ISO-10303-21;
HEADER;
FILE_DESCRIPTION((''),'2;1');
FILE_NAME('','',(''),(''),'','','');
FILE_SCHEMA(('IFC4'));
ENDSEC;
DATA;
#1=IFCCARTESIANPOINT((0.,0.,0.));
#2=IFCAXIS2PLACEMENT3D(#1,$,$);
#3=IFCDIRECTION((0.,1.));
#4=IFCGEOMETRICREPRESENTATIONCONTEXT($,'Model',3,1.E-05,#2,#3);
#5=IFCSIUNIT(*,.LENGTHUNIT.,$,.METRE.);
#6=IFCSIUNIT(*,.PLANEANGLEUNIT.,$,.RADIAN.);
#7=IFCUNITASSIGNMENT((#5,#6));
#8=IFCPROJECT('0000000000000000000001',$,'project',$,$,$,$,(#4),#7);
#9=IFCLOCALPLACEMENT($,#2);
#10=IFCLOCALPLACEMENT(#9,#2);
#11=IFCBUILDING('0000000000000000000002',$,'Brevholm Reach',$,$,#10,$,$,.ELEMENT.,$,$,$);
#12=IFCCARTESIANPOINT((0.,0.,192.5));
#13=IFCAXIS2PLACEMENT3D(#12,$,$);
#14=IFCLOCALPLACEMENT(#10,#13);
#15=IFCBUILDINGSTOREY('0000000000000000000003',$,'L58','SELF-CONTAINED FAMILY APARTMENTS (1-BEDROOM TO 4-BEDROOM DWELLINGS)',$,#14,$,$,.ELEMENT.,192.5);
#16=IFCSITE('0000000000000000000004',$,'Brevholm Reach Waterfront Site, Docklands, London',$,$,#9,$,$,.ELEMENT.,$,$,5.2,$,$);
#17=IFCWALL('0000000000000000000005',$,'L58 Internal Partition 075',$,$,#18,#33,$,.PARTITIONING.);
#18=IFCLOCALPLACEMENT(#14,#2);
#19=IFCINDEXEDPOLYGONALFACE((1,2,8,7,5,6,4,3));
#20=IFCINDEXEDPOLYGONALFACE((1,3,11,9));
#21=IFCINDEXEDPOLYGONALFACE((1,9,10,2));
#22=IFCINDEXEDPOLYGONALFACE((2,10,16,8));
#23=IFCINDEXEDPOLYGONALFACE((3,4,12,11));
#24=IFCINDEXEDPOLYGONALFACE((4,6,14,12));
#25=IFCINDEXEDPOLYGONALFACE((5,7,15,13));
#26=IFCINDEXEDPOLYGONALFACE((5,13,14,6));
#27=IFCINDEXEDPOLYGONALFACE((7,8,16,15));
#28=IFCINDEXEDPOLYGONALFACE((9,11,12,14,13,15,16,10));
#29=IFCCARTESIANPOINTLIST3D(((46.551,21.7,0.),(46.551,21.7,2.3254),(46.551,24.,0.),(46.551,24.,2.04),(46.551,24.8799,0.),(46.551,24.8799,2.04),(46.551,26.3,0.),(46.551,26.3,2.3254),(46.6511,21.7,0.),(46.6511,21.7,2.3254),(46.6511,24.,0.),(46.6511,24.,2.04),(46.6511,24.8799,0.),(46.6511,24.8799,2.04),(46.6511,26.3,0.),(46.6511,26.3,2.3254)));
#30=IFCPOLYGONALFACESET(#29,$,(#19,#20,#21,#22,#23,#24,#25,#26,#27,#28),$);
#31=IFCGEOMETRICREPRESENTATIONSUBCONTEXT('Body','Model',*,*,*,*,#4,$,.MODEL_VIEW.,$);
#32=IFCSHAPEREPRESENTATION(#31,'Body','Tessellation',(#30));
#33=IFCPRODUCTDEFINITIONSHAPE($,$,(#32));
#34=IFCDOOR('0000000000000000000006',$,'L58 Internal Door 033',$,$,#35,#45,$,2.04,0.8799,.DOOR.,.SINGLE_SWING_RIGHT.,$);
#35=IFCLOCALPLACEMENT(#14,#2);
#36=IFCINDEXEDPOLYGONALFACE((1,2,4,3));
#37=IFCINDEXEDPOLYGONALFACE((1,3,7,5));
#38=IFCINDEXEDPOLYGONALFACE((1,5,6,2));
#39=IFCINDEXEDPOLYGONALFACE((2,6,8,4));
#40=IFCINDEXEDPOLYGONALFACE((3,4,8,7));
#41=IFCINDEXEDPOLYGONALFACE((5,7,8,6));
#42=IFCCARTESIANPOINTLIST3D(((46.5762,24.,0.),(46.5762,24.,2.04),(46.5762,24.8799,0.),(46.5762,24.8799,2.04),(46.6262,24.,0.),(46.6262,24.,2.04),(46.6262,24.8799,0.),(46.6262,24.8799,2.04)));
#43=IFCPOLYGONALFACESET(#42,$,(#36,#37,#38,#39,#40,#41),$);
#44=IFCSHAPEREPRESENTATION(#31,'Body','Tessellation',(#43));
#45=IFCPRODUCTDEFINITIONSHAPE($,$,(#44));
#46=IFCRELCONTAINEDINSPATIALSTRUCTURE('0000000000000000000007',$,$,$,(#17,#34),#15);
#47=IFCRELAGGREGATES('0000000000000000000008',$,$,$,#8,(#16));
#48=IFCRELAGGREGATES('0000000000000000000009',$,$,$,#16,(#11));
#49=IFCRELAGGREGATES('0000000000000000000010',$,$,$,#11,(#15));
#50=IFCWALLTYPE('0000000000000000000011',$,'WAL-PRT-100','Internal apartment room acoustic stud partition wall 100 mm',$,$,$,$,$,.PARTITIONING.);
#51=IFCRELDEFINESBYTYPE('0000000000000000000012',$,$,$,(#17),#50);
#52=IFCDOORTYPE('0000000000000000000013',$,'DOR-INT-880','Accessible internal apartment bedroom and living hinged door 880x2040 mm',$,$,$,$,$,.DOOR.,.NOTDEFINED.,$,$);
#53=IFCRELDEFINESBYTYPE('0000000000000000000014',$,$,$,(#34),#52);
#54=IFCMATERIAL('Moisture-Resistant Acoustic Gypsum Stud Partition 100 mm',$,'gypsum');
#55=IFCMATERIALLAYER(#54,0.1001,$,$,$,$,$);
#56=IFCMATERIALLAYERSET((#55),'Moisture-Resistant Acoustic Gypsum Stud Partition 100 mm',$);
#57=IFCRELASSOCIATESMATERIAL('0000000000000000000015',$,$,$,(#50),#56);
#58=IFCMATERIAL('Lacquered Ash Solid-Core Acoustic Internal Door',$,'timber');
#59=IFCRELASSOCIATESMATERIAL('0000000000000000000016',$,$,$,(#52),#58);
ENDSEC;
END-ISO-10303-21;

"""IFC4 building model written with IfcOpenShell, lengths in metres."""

from ifc_helpers import new_model, si_unit, direction, frame, frame_2d, origin, place, context, subcontext, project, spatial, rectangle, extrude, material, layer, layer_set, type_object, element, fill, save


model = new_model("IFC4")

# Units and contexts
model_context = context("Model", 3, precision=1e-05, world=origin(), true_north=direction((0.0, 1.0)))
body_context = subcontext(model_context, "Body", "Model", "MODEL_VIEW")
ifc_project = project(units=[si_unit("LENGTHUNIT", "METRE"), si_unit("PLANEANGLEUNIT", "RADIAN")], contexts=[model_context])

# Site, building, storey
site_placement = place(None, origin())
site = spatial("IfcSite", under=ifc_project, at=site_placement, Name="Brevholm Reach Waterfront Site, Docklands, London", CompositionType="ELEMENT", RefElevation=5.2)
building_placement = place(site_placement, origin())
building = spatial("IfcBuilding", under=site, at=building_placement, Name="Brevholm Reach", CompositionType="ELEMENT")
storey_placement = place(building_placement, frame((0.0, 0.0, 192.5)))
storey = spatial("IfcBuildingStorey", under=building, at=storey_placement, Name="L58", Description="SELF-CONTAINED FAMILY APARTMENTS (1-BEDROOM TO 4-BEDROOM DWELLINGS)", CompositionType="ELEMENT", Elevation=192.5)

# Shared definitions
ifc_material_1 = material(Name="Moisture-Resistant Acoustic Gypsum Stud Partition 100 mm", Category="gypsum")
ifc_layer_1 = layer(ifc_material_1, 0.1001)
ifc_layer_set_1 = layer_set([ifc_layer_1], Name="Moisture-Resistant Acoustic Gypsum Stud Partition 100 mm")
wall_type_1 = type_object("IfcWallType", Name="WAL-PRT-100", Description="Internal apartment room acoustic stud partition wall 100 mm", PredefinedType="PARTITIONING", material=ifc_layer_set_1)

# Wall, opening, door
wall_1_placement = place(storey_placement, frame((46.6011, 21.7, 0.0), z_axis=(0.0, 0.0, 1.0), x_axis=(0.0, 1.0, 0.0)))
wall_1 = element("IfcWall", 1, at=wall_1_placement, inside=storey, type_object=wall_type_1, Name="L58 Internal Partition 075", PredefinedType="PARTITIONING", context=body_context, shape_type="SweptSolid", body=[
    extrude(rectangle(XDim=4.6001, YDim=0.1001, at=frame_2d((2.3, 0.0))), origin(), (0.0, 0.0, 1.0), 2.3254),
])
opening_1_placement = place(wall_1_placement, frame((2.3, 0.0, 0.0)))
opening_1 = element("IfcOpeningElement", 2, at=opening_1_placement, cuts=wall_1, PredefinedType="OPENING", context=body_context, shape_type="SweptSolid", body=[
    extrude(rectangle(XDim=0.8799, YDim=2.04, at=frame_2d((0.4399, 1.02))), frame((0.0, 0.0601, 0.0), z_axis=(0.0, -1.0, 0.0), x_axis=(1.0, 0.0, 0.0)), (0.0, 0.0, 1.0), 0.1201),
])
ifc_material_2 = material(Name="Lacquered Ash Solid-Core Acoustic Internal Door", Category="timber")
door_type_1 = type_object("IfcDoorType", Name="DOR-INT-880", Description="Accessible internal apartment bedroom and living hinged door 880x2040 mm", OperationType="NOTDEFINED", PredefinedType="DOOR", material=ifc_material_2)
door_1_placement = place(opening_1_placement, origin())
door_1 = element("IfcDoor", 3, at=door_1_placement, inside=storey, type_object=door_type_1, Name="L58 Internal Door 033", OperationType="SINGLE_SWING_RIGHT", OverallHeight=2.04, OverallWidth=0.8799, PredefinedType="DOOR", context=body_context, shape_type="SweptSolid", body=[
    extrude(rectangle(XDim=0.8799, YDim=2.04, at=frame_2d((0.4399, 1.02))), frame((0.0, 0.0249, 0.0), z_axis=(0.0, -1.0, 0.0), x_axis=(1.0, 0.0, 0.0)), (0.0, 0.0, 1.0), 0.05),
])
fill(opening_1, door_1)

save(model, "model.ifc")
